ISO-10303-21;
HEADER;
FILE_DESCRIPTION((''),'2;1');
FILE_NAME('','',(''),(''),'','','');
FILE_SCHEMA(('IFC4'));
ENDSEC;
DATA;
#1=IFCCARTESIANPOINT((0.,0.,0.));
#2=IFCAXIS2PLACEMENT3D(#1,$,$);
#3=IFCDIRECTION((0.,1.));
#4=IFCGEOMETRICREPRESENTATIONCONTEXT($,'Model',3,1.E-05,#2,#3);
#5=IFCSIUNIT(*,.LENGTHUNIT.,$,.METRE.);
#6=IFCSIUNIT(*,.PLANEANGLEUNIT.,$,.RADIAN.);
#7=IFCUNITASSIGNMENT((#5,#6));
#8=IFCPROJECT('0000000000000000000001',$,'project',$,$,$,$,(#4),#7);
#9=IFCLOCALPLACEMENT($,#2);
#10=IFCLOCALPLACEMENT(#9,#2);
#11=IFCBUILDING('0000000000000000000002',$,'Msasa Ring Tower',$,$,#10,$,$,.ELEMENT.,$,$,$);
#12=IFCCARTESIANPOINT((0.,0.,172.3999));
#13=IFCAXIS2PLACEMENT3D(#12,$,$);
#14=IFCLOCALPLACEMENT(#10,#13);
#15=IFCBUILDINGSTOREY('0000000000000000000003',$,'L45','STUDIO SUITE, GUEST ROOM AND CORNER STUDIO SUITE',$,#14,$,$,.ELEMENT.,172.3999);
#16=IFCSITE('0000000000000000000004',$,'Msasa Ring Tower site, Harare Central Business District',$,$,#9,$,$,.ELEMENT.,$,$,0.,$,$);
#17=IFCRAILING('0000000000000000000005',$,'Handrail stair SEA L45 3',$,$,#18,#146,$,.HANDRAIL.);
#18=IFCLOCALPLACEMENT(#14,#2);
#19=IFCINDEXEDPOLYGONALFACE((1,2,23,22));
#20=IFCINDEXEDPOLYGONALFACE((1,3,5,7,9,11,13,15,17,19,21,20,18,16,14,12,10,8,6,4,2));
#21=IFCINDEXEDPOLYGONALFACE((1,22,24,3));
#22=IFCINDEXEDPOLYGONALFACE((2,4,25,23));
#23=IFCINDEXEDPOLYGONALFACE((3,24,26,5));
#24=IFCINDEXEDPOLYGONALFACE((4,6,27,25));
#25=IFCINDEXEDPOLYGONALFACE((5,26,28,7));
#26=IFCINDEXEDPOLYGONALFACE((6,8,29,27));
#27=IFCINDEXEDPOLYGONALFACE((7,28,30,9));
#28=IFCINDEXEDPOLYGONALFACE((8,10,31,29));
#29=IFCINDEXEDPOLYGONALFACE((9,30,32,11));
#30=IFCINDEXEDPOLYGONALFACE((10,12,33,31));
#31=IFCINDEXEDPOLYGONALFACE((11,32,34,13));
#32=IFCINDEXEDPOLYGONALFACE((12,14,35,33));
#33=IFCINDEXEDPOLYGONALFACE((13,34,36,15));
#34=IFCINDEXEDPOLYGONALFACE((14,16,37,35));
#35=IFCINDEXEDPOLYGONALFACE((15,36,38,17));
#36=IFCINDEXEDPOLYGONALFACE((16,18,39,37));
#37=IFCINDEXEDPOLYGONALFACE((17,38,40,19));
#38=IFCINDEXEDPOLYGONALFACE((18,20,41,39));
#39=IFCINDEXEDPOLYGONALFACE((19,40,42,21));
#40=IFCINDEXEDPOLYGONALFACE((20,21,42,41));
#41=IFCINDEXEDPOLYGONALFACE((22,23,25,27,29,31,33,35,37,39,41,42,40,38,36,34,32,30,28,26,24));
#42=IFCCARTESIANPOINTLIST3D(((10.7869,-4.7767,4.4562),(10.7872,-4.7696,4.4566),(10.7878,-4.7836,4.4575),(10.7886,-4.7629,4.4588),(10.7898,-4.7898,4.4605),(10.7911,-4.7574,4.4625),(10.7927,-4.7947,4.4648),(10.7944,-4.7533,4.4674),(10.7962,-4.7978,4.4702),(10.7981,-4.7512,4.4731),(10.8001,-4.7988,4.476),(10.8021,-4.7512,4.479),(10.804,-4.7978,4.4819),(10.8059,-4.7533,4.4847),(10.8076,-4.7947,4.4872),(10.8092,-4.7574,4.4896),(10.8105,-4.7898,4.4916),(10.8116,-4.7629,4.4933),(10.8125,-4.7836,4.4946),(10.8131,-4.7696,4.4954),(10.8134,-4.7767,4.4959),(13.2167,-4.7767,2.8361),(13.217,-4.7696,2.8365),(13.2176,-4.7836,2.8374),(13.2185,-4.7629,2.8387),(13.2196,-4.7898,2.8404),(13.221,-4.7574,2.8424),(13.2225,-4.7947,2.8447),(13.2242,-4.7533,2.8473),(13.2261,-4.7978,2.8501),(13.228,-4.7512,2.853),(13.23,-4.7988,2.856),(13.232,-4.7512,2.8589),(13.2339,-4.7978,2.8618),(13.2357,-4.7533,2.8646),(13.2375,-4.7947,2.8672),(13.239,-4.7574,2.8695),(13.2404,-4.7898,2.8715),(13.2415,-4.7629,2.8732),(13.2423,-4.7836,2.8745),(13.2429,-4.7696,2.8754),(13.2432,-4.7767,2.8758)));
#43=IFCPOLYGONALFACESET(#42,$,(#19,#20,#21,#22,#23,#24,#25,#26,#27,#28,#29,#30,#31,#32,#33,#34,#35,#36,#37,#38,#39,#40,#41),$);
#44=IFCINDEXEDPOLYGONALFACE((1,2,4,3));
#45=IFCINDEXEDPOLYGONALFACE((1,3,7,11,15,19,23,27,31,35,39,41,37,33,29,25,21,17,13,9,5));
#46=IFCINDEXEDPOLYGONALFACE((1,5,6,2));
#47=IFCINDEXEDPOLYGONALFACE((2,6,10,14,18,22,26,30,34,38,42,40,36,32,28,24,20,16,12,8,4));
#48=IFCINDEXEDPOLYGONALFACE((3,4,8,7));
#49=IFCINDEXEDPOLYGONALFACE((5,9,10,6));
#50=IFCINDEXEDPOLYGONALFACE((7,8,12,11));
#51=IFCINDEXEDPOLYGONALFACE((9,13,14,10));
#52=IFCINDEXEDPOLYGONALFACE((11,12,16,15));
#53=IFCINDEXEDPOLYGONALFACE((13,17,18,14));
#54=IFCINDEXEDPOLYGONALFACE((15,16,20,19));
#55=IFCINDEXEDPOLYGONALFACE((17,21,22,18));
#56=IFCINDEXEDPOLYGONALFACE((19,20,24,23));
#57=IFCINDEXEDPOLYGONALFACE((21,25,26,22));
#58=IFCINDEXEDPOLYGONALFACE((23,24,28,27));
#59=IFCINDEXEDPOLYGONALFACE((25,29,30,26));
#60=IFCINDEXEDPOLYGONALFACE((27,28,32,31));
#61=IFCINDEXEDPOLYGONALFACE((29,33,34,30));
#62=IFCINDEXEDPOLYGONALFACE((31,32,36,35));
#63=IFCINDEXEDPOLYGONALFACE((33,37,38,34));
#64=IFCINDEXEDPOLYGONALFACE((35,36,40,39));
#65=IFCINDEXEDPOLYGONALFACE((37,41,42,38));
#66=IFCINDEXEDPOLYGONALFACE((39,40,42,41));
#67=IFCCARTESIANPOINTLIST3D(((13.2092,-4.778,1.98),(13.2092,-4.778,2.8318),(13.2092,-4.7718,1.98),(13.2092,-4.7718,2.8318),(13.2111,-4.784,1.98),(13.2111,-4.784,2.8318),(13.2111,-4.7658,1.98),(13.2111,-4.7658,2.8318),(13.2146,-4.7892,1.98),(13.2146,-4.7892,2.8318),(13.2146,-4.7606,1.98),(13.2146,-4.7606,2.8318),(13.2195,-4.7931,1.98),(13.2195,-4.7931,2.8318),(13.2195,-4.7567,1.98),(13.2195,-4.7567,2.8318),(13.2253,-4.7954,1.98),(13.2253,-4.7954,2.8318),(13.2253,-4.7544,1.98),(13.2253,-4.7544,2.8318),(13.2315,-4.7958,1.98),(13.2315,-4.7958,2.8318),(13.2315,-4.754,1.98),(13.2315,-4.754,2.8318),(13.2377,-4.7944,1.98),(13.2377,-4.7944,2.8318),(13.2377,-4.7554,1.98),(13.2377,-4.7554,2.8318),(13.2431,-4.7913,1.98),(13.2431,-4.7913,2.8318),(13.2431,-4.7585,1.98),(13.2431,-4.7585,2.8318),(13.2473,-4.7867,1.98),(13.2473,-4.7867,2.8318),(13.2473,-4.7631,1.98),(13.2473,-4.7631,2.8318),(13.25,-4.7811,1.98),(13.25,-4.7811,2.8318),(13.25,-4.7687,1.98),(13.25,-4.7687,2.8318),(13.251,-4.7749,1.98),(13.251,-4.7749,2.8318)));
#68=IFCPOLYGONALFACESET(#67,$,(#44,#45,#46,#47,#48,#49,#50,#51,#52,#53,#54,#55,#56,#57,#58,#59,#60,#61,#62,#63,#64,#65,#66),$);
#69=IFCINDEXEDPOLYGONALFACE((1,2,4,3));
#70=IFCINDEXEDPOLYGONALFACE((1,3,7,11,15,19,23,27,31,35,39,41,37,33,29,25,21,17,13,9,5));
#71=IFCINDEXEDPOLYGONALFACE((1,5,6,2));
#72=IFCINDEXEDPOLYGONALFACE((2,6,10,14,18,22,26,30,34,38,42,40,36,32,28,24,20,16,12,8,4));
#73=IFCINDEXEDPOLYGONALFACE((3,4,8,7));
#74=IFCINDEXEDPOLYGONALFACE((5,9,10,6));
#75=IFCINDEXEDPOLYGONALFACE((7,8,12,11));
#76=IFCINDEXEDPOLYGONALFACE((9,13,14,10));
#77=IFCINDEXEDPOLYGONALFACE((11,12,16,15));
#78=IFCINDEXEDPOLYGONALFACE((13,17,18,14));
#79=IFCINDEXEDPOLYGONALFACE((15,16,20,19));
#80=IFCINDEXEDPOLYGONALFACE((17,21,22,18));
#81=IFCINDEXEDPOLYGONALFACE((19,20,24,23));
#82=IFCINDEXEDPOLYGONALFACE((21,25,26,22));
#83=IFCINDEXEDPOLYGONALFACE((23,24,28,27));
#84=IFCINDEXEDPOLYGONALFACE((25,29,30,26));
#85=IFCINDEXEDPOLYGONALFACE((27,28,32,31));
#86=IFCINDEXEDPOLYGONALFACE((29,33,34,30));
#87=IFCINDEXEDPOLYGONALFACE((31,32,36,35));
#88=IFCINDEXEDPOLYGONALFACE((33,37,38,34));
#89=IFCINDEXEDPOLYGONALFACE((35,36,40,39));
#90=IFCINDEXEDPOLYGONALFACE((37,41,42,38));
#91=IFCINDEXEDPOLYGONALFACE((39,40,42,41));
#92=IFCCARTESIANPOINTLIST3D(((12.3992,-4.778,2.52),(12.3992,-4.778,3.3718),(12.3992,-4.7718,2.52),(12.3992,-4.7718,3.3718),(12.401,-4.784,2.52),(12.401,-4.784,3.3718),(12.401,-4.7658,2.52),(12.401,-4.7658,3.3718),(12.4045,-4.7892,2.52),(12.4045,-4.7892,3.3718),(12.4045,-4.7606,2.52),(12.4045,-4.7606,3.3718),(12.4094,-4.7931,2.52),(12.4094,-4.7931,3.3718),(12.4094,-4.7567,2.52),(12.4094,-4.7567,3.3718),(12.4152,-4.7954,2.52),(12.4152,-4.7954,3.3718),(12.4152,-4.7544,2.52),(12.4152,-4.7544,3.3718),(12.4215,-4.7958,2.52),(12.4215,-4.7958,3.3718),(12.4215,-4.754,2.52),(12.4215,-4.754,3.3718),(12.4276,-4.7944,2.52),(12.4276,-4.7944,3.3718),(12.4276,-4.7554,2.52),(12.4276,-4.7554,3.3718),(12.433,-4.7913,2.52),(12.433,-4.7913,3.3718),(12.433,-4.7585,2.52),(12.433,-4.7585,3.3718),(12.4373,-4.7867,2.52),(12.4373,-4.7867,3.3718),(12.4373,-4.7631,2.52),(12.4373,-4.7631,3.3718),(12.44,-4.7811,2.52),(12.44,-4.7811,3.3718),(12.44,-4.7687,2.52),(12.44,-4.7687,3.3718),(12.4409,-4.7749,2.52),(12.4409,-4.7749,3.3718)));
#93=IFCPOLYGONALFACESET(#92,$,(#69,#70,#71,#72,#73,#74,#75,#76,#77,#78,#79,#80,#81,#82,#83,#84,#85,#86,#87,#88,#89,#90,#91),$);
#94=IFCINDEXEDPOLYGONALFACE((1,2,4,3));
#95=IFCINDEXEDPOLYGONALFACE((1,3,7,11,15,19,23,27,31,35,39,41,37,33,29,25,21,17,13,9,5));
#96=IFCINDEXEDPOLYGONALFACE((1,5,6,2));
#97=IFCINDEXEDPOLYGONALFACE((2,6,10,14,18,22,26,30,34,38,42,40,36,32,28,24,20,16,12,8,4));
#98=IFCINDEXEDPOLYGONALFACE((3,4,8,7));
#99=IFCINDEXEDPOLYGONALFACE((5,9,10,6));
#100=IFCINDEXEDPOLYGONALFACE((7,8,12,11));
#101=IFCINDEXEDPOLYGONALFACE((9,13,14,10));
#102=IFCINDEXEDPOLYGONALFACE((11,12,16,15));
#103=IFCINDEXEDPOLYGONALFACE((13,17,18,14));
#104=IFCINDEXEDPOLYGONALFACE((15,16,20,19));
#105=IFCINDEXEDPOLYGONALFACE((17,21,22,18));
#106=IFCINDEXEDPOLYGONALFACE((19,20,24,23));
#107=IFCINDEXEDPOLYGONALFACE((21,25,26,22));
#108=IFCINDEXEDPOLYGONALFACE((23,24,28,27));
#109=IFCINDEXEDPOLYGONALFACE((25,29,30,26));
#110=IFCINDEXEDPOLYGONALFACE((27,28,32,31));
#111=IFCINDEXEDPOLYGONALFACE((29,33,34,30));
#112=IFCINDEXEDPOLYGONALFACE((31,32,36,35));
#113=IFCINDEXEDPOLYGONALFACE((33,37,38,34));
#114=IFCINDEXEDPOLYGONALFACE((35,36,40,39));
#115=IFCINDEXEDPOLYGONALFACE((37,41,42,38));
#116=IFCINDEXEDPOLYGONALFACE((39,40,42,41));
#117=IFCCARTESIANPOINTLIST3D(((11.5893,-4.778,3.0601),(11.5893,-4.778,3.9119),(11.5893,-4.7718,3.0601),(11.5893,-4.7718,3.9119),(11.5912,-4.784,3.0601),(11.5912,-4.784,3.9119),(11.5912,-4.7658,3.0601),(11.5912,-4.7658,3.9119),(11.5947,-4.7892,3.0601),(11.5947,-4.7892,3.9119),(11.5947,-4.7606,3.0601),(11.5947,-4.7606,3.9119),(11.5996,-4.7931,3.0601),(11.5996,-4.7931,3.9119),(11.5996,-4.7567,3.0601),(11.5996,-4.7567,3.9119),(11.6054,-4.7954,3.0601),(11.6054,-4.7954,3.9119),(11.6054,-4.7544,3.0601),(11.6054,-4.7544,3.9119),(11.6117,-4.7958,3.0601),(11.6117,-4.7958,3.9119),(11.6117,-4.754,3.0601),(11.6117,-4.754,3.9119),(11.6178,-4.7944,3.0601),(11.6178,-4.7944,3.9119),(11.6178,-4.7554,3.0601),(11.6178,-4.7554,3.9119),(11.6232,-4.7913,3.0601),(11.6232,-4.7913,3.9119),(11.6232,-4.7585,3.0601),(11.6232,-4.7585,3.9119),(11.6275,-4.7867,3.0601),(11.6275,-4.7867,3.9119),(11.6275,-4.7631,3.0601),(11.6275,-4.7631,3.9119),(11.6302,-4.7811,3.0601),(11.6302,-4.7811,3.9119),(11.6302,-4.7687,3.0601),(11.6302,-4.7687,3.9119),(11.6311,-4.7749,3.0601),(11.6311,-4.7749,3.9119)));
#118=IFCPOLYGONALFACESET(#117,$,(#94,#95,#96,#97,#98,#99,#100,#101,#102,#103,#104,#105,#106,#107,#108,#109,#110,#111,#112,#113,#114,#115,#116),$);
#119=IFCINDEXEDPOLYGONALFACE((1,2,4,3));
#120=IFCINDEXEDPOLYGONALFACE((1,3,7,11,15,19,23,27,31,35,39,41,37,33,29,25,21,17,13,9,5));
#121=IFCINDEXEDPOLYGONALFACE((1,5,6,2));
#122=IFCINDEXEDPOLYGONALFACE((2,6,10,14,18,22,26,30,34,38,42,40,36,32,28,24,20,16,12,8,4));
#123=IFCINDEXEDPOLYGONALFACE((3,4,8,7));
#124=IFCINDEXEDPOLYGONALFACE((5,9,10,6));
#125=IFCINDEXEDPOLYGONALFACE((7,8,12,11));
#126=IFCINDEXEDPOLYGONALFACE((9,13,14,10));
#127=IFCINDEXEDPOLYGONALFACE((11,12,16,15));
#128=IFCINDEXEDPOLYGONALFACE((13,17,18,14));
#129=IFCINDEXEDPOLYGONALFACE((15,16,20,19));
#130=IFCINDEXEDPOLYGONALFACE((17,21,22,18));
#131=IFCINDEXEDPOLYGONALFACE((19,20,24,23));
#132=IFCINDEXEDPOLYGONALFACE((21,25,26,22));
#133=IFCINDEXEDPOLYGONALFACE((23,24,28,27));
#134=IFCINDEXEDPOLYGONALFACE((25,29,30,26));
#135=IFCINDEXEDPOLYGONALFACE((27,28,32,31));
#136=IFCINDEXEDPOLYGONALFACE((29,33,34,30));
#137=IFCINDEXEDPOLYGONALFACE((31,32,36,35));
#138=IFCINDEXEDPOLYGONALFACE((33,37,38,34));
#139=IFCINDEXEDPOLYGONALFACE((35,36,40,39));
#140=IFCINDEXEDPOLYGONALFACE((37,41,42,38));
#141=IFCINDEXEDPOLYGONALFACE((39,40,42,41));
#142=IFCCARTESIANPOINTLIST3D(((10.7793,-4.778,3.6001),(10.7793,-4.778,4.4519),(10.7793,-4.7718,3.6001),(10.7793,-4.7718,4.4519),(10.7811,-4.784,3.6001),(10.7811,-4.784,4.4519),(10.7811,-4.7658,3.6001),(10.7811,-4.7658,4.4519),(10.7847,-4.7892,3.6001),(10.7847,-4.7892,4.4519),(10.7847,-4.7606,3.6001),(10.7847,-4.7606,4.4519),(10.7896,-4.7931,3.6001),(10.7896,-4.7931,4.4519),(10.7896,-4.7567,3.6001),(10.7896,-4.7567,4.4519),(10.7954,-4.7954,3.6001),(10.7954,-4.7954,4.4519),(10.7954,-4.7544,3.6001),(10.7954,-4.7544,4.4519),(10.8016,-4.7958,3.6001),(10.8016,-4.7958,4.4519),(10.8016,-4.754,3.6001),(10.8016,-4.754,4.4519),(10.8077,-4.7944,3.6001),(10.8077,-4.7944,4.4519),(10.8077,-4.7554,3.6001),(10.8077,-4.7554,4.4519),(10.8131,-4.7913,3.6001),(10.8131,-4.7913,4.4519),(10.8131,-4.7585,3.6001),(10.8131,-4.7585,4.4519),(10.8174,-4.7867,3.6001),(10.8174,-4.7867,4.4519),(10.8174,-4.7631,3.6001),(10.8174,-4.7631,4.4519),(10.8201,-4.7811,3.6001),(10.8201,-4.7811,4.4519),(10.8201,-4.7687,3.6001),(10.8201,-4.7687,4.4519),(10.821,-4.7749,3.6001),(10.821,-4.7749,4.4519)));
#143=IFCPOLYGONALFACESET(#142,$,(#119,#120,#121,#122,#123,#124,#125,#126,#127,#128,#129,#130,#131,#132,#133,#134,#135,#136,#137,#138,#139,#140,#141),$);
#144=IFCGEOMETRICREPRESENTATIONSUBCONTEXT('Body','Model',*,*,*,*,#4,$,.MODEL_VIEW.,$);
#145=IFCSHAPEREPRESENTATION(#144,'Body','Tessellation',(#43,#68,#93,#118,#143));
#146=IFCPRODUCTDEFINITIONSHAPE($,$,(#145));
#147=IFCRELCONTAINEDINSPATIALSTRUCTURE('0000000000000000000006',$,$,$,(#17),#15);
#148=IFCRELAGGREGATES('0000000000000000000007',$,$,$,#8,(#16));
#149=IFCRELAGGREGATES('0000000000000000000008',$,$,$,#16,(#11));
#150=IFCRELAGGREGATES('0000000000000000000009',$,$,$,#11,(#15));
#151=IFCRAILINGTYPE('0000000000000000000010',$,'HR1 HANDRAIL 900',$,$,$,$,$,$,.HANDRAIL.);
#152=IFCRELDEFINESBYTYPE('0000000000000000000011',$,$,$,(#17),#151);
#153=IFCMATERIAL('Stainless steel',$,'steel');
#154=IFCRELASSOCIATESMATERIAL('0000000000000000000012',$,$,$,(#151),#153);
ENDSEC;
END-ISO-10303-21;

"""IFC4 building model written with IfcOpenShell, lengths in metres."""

from ifc_helpers import new_model, si_unit, direction, frame, origin, origin_2d, place, context, subcontext, project, spatial, circle, extrude, material, type_object, element, save


model = new_model("IFC4")

# Units and contexts
model_context = context("Model", 3, precision=1e-05, world=origin(), true_north=direction((0.0, 1.0)))
body_context = subcontext(model_context, "Body", "Model", "MODEL_VIEW")
ifc_project = project(units=[si_unit("LENGTHUNIT", "METRE"), si_unit("PLANEANGLEUNIT", "RADIAN")], contexts=[model_context])

# Site, building, storey
site_placement = place(None, origin())
site = spatial("IfcSite", under=ifc_project, at=site_placement, Name="Msasa Ring Tower site, Harare Central Business District", CompositionType="ELEMENT", RefElevation=0.0)
building_placement = place(site_placement, origin())
building = spatial("IfcBuilding", under=site, at=building_placement, Name="Msasa Ring Tower", CompositionType="ELEMENT")
storey_placement = place(building_placement, frame((0.0, 0.0, 172.3999)))
storey = spatial("IfcBuildingStorey", under=building, at=storey_placement, Name="L45", Description="STUDIO SUITE, GUEST ROOM AND CORNER STUDIO SUITE", CompositionType="ELEMENT", Elevation=172.3999)

# Railing
ifc_material_1 = material(Name="Stainless steel", Category="steel")
railing_type = type_object("IfcRailingType", Name="HR1 HANDRAIL 900", PredefinedType="HANDRAIL", material=ifc_material_1)
for number, where, name in (
    (1, (13.23, -4.7749, 1.98), "Handrail stair SEA L45 3"),
):
    element("IfcRailing", number, at=place(storey_placement, frame(where)), inside=storey, type_object=railing_type, Name=name, PredefinedType="HANDRAIL", context=body_context, shape_type="SweptSolid", body=[
        extrude(circle(Radius=0.0239, at=origin_2d()), frame((0.0, 0.0, 0.876), z_axis=(-0.832025, 0.0, 0.554739), x_axis=(0.0, -1.0, 0.0)), (0.0, 0.0, 1.0), 2.9204),
        extrude(circle(Radius=0.021, at=origin_2d()), origin(), (0.0, 0.0, 1.0), 0.8518),
        extrude(circle(Radius=0.021, at=origin_2d()), frame((-0.8101, 0.0, 0.54)), (0.0, 0.0, 1.0), 0.8518),
        extrude(circle(Radius=0.021, at=origin_2d()), frame((-1.6199, 0.0, 1.0801)), (0.0, 0.0, 1.0), 0.8518),
        extrude(circle(Radius=0.021, at=origin_2d()), frame((-2.4299, 0.0, 1.6201)), (0.0, 0.0, 1.0), 0.8518),
    ])

save(model, "model.ifc")
